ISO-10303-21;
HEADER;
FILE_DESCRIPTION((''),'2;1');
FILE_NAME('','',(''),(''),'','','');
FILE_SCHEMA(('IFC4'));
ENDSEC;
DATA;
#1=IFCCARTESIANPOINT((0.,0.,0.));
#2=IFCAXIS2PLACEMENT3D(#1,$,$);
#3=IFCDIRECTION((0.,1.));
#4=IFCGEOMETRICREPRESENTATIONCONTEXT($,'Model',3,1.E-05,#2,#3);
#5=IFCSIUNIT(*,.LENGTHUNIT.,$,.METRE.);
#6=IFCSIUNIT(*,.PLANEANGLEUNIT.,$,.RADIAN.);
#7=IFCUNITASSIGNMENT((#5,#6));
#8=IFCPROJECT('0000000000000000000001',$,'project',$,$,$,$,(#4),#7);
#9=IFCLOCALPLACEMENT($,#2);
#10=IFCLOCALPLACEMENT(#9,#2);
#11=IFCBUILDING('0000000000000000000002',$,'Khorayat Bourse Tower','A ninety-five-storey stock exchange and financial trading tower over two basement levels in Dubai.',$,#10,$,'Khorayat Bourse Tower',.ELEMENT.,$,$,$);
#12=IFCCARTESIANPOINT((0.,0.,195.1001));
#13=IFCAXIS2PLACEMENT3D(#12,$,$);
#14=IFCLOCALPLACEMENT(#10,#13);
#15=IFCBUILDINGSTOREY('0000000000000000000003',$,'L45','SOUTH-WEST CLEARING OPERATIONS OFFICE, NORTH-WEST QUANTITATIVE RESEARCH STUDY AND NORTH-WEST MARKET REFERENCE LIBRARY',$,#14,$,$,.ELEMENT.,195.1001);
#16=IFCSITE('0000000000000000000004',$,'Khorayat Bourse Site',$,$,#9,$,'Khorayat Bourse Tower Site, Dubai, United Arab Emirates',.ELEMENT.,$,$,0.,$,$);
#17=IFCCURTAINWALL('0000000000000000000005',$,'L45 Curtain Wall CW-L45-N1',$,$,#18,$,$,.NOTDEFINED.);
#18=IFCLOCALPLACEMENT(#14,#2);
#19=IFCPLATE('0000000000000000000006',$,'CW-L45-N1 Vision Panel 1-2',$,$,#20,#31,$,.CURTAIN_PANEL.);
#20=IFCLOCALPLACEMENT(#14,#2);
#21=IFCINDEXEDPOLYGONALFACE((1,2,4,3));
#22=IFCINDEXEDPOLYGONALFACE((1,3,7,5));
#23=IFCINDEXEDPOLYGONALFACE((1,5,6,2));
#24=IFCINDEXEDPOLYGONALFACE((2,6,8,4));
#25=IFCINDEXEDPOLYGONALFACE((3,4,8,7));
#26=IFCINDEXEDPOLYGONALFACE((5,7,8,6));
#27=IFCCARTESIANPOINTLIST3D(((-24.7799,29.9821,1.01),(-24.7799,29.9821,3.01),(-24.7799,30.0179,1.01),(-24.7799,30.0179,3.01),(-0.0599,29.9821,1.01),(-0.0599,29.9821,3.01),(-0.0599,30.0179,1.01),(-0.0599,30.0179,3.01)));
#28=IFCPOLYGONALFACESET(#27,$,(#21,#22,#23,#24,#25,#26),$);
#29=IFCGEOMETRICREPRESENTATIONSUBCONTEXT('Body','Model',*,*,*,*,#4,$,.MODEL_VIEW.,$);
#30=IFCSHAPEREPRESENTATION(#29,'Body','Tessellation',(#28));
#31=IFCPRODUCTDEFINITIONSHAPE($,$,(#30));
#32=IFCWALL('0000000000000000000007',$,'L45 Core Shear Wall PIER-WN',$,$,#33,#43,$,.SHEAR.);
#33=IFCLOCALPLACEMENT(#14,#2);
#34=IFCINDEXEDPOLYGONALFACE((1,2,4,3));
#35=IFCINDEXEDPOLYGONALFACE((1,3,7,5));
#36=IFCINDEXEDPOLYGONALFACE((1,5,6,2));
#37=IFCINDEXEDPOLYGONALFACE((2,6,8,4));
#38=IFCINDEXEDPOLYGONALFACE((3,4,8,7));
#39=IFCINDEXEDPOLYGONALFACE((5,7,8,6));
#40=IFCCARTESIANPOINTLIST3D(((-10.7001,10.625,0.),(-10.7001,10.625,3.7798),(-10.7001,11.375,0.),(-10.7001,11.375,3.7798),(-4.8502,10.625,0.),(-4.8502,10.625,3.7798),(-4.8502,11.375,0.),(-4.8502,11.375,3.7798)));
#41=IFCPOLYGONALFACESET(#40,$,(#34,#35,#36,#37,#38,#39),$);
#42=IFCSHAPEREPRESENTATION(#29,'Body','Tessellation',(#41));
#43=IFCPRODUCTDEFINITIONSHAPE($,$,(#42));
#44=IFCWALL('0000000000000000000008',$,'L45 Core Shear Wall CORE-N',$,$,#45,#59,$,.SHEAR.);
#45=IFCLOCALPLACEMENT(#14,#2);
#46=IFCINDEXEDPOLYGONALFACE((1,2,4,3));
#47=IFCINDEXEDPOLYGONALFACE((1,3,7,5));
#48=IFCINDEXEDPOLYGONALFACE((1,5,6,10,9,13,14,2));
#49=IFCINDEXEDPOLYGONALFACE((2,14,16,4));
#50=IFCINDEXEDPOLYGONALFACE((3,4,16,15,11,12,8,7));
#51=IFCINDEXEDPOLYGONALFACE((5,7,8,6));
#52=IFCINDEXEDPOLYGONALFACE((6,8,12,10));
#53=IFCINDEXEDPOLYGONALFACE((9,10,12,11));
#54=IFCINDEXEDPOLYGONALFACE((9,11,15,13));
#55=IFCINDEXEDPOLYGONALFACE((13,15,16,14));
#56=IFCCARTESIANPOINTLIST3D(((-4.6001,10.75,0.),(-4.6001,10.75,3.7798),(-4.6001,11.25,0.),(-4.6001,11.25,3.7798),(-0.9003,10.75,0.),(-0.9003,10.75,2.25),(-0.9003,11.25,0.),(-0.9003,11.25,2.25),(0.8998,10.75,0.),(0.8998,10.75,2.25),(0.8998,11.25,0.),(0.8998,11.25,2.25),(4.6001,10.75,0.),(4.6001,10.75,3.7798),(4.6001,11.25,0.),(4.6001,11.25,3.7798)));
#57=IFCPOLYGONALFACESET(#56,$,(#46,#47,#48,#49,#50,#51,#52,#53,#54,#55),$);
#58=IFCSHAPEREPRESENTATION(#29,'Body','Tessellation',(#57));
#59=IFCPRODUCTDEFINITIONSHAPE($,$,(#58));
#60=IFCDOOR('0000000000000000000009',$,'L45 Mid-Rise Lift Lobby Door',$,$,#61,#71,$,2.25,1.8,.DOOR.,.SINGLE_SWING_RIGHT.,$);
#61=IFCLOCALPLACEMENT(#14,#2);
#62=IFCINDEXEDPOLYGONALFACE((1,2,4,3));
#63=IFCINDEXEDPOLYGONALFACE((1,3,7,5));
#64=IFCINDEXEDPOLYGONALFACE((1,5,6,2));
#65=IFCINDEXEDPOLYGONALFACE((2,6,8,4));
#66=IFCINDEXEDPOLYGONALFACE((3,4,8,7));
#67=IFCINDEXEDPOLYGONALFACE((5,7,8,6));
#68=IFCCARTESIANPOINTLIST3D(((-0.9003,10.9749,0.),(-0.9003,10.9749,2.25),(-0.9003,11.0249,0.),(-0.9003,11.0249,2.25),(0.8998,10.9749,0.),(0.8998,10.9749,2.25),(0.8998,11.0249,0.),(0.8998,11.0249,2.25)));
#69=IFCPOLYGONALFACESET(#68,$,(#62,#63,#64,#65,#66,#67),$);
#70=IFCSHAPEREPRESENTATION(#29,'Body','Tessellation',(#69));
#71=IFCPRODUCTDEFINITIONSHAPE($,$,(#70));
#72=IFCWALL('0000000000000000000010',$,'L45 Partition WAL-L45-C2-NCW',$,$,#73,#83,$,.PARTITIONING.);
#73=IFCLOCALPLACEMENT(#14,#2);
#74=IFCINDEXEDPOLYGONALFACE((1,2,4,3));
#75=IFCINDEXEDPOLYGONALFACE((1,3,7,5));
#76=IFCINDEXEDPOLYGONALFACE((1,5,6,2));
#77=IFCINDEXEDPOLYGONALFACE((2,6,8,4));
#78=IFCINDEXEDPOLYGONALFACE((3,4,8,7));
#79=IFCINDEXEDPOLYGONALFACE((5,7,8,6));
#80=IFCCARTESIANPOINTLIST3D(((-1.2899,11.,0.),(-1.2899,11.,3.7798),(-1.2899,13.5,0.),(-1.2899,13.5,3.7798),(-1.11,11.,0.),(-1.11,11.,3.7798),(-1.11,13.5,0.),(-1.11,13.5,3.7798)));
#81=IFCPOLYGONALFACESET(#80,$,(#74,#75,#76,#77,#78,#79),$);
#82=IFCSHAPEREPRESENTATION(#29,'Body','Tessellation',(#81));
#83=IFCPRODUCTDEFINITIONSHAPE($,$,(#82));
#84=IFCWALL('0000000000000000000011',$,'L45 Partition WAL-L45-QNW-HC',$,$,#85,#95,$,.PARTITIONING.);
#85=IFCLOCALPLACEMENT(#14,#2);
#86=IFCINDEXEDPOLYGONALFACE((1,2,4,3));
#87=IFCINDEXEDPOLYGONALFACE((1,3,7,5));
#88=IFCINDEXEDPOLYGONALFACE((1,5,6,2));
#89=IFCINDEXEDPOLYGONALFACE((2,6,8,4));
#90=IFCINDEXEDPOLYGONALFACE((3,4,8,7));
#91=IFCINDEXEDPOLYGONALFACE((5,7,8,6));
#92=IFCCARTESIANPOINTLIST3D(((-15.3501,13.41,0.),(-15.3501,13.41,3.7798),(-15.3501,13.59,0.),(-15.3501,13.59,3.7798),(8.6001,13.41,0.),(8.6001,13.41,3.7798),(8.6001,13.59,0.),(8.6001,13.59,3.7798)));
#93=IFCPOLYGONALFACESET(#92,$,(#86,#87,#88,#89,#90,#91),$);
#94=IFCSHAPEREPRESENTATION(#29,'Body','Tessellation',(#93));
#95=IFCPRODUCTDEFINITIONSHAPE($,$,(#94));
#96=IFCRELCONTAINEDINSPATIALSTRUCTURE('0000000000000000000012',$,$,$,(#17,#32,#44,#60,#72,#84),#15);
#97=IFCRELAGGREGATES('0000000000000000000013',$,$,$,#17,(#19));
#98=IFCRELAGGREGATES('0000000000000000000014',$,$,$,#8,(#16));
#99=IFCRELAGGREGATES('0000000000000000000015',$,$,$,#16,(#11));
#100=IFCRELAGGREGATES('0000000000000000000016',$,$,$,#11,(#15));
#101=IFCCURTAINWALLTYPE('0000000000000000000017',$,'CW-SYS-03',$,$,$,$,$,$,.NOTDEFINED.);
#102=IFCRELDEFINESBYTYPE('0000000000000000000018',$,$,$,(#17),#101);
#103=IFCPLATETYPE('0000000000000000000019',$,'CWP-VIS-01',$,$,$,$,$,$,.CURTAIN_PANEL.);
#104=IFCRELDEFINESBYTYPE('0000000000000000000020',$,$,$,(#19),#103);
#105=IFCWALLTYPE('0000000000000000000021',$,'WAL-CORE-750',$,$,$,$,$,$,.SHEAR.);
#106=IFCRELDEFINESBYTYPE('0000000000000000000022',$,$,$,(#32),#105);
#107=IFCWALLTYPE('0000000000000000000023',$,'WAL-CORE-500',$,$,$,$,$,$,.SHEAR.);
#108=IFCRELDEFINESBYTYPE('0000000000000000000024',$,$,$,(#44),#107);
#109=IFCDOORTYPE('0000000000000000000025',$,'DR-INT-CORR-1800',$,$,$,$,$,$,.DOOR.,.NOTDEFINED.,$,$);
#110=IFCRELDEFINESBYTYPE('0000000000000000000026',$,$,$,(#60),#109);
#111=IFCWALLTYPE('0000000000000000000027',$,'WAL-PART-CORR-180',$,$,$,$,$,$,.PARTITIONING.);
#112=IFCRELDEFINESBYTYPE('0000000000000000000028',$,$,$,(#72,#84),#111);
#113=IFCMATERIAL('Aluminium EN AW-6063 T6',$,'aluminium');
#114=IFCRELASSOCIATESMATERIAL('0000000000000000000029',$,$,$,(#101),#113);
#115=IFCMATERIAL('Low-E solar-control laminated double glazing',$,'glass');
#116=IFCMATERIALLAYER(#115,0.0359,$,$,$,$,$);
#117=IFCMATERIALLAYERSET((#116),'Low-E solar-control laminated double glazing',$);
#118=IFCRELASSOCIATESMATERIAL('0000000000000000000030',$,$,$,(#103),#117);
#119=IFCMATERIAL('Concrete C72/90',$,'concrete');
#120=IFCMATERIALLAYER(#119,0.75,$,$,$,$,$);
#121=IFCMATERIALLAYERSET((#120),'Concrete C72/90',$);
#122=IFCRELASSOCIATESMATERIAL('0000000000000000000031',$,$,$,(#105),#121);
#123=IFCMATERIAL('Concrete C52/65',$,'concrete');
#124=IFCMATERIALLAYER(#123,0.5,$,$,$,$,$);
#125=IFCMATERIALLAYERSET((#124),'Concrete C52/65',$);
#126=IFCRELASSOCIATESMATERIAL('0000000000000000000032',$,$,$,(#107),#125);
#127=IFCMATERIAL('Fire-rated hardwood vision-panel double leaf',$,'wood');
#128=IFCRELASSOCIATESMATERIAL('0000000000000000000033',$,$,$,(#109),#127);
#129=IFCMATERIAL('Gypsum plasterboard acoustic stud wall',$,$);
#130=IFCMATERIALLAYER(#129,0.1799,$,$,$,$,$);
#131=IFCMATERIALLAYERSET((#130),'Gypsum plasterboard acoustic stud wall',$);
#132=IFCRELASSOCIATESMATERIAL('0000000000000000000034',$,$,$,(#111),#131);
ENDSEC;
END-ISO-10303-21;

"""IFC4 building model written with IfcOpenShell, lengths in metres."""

from ifc_helpers import new_model, si_unit, direction, frame, frame_2d, origin, origin_2d, place, context, subcontext, project, spatial, rectangle, extrude, source, transform, mapped, material, layer, layer_set, type_object, element, fill, aggregate, save


model = new_model("IFC4")

# Units and contexts
model_context = context("Model", 3, precision=1e-05, world=origin(), true_north=direction((0.0, 1.0)))
body_context = subcontext(model_context, "Body", "Model", "MODEL_VIEW")
ifc_project = project(units=[si_unit("LENGTHUNIT", "METRE"), si_unit("PLANEANGLEUNIT", "RADIAN")], contexts=[model_context])

# Site, building, storey
site_placement = place(None, origin())
site = spatial("IfcSite", under=ifc_project, at=site_placement, Name="Khorayat Bourse Site", LongName="Khorayat Bourse Tower Site, Dubai, United Arab Emirates", CompositionType="ELEMENT", RefElevation=0.0)
building_placement = place(site_placement, origin())
building = spatial("IfcBuilding", under=site, at=building_placement, Name="Khorayat Bourse Tower", Description="A ninety-five-storey stock exchange and financial trading tower over two basement levels in Dubai.", LongName="Khorayat Bourse Tower", CompositionType="ELEMENT")
storey_placement = place(building_placement, frame((0.0, 0.0, 195.1001)))
storey = spatial("IfcBuildingStorey", under=building, at=storey_placement, Name="L45", Description="SOUTH-WEST CLEARING OPERATIONS OFFICE, NORTH-WEST QUANTITATIVE RESEARCH STUDY AND NORTH-WEST MARKET REFERENCE LIBRARY", CompositionType="ELEMENT", Elevation=195.1001)

# Shared definitions
ifc_material_1 = material(Name="Concrete C72/90", Category="concrete")

# Curtain wall
ifc_material_2 = material(Name="Aluminium EN AW-6063 T6", Category="aluminium")
curtain_wall_type = type_object("IfcCurtainWallType", Name="CW-SYS-03", PredefinedType="NOTDEFINED", material=ifc_material_2)
curtain_wall_placement = place(storey_placement, origin())
curtain_wall = element("IfcCurtainWall", 1, at=curtain_wall_placement, inside=storey, type_object=curtain_wall_type, Name="L45 Curtain Wall CW-L45-N1", PredefinedType="NOTDEFINED")

# Plate
ifc_material_3 = material(Name="Low-E solar-control laminated double glazing", Category="glass")
ifc_layer_1 = layer(ifc_material_3, 0.0359)
ifc_layer_set_1 = layer_set([ifc_layer_1], Name="Low-E solar-control laminated double glazing")
plate_type_1 = type_object("IfcPlateType", Name="CWP-VIS-01", PredefinedType="CURTAIN_PANEL", material=ifc_layer_set_1)
shared_shape_1 = source(origin(), body_context, "Body", "SweptSolid", [
    extrude(rectangle(XDim=24.72, YDim=0.0359, at=origin_2d()), origin(), (0.0, 0.0, 1.0), 2.0),
])
plate_1_placement = place(storey_placement, frame((-12.4199, 30.0, 1.01), z_axis=(0.0, 0.0, 1.0), x_axis=(1.0, 0.0, 0.0)))
plate_1 = element("IfcPlate", 2, at=plate_1_placement, type_object=plate_type_1, Name="CW-L45-N1 Vision Panel 1-2", PredefinedType="CURTAIN_PANEL", context=body_context, shape_type="MappedRepresentation", body=[
    mapped(shared_shape_1, transform((0.0, 0.0, 0.0), scale=1.0)),
])
aggregate(curtain_wall, [plate_1])

# Wall
ifc_layer_2 = layer(ifc_material_1, 0.75)
ifc_layer_set_2 = layer_set([ifc_layer_2], Name="Concrete C72/90")
wall_type_1 = type_object("IfcWallType", Name="WAL-CORE-750", PredefinedType="SHEAR", material=ifc_layer_set_2)
shared_shape_2 = source(origin(), body_context, "Body", "SweptSolid", [
    extrude(rectangle(XDim=5.8499, YDim=0.75, at=frame_2d((2.9248, 0.0))), origin(), (0.0, 0.0, 1.0), 3.7798),
])
wall_1_placement = place(storey_placement, frame((-10.7, 11.0, 0.0), z_axis=(0.0, 0.0, 1.0), x_axis=(1.0, 0.0, 0.0)))
element("IfcWall", 3, at=wall_1_placement, inside=storey, type_object=wall_type_1, Name="L45 Core Shear Wall PIER-WN", PredefinedType="SHEAR", context=body_context, shape_type="MappedRepresentation", body=[
    mapped(shared_shape_2, transform((0.0, 0.0, 0.0), scale=1.0)),
])

# Wall, opening, door
ifc_material_4 = material(Name="Concrete C52/65", Category="concrete")
ifc_layer_3 = layer(ifc_material_4, 0.5)
ifc_layer_set_3 = layer_set([ifc_layer_3], Name="Concrete C52/65")
wall_type_2 = type_object("IfcWallType", Name="WAL-CORE-500", PredefinedType="SHEAR", material=ifc_layer_set_3)
shared_shape_3 = source(origin(), body_context, "Body", "SweptSolid", [
    extrude(rectangle(XDim=9.2002, YDim=0.5, at=frame_2d((4.6001, 0.0))), origin(), (0.0, 0.0, 1.0), 3.7798),
])
wall_2_placement = place(storey_placement, frame((-4.6001, 11.0, 0.0), z_axis=(0.0, 0.0, 1.0), x_axis=(1.0, 0.0, 0.0)))
wall_2 = element("IfcWall", 4, at=wall_2_placement, inside=storey, type_object=wall_type_2, Name="L45 Core Shear Wall CORE-N", PredefinedType="SHEAR", context=body_context, shape_type="MappedRepresentation", body=[
    mapped(shared_shape_3, transform((0.0, 0.0, 0.0), scale=1.0)),
])
shared_shape_4 = source(origin(), body_context, "Body", "SweptSolid", [
    extrude(rectangle(XDim=1.8, YDim=2.25, at=frame_2d((0.8999, 1.125))), frame((0.0, 0.26, 0.0), z_axis=(0.0, -1.0, 0.0), x_axis=(1.0, 0.0, 0.0)), (0.0, 0.0, 1.0), 0.52),
])
opening_placement = place(wall_2_placement, frame((3.7, 0.0, 0.0)))
opening = element("IfcOpeningElement", 5, at=opening_placement, cuts=wall_2, PredefinedType="OPENING", context=body_context, shape_type="MappedRepresentation", body=[
    mapped(shared_shape_4, transform((0.0, 0.0, 0.0), scale=1.0)),
])
ifc_material_5 = material(Name="Fire-rated hardwood vision-panel double leaf", Category="wood")
door_type = type_object("IfcDoorType", Name="DR-INT-CORR-1800", OperationType="NOTDEFINED", PredefinedType="DOOR", material=ifc_material_5)
shared_shape_5 = source(origin(), body_context, "Body", "SweptSolid", [
    extrude(rectangle(XDim=1.8, YDim=2.25, at=frame_2d((0.8999, 1.125))), frame((0.0, 0.0249, 0.0), z_axis=(0.0, -1.0, 0.0), x_axis=(1.0, 0.0, 0.0)), (0.0, 0.0, 1.0), 0.05),
])
door_placement = place(opening_placement, origin())
door = element("IfcDoor", 6, at=door_placement, inside=storey, type_object=door_type, Name="L45 Mid-Rise Lift Lobby Door", OperationType="SINGLE_SWING_RIGHT", OverallHeight=2.25, OverallWidth=1.8, PredefinedType="DOOR", context=body_context, shape_type="MappedRepresentation", body=[
    mapped(shared_shape_5, transform((0.0, 0.0, 0.0), scale=1.0)),
])
fill(opening, door)

# Walls
ifc_material_6 = material(Name="Gypsum plasterboard acoustic stud wall")
ifc_layer_4 = layer(ifc_material_6, 0.1799)
ifc_layer_set_4 = layer_set([ifc_layer_4], Name="Gypsum plasterboard acoustic stud wall")
wall_type_3 = type_object("IfcWallType", Name="WAL-PART-CORR-180", PredefinedType="PARTITIONING", material=ifc_layer_set_4)
shared_shape_6 = source(origin(), body_context, "Body", "SweptSolid", [
    extrude(rectangle(XDim=2.5, YDim=0.1799, at=frame_2d((1.25, 0.0))), origin(), (0.0, 0.0, 1.0), 3.7798),
])
wall_3_placement = place(storey_placement, frame((-1.2, 11.0, 0.0), z_axis=(0.0, 0.0, 1.0), x_axis=(0.0, 1.0, 0.0)))
element("IfcWall", 7, at=wall_3_placement, inside=storey, type_object=wall_type_3, Name="L45 Partition WAL-L45-C2-NCW", PredefinedType="PARTITIONING", context=body_context, shape_type="MappedRepresentation", body=[
    mapped(shared_shape_6, transform((0.0, 0.0, 0.0), scale=1.0)),
])
shared_shape_7 = source(origin(), body_context, "Body", "SweptSolid", [
    extrude(rectangle(XDim=23.9502, YDim=0.1799, at=frame_2d((11.9751, 0.0))), origin(), (0.0, 0.0, 1.0), 3.7798),
])
wall_4_placement = place(storey_placement, frame((-15.3501, 13.5, 0.0), z_axis=(0.0, 0.0, 1.0), x_axis=(1.0, 0.0, 0.0)))
element("IfcWall", 8, at=wall_4_placement, inside=storey, type_object=wall_type_3, Name="L45 Partition WAL-L45-QNW-HC", PredefinedType="PARTITIONING", context=body_context, shape_type="MappedRepresentation", body=[
    mapped(shared_shape_7, transform((0.0, 0.0, 0.0), scale=1.0)),
])

save(model, "model.ifc")
